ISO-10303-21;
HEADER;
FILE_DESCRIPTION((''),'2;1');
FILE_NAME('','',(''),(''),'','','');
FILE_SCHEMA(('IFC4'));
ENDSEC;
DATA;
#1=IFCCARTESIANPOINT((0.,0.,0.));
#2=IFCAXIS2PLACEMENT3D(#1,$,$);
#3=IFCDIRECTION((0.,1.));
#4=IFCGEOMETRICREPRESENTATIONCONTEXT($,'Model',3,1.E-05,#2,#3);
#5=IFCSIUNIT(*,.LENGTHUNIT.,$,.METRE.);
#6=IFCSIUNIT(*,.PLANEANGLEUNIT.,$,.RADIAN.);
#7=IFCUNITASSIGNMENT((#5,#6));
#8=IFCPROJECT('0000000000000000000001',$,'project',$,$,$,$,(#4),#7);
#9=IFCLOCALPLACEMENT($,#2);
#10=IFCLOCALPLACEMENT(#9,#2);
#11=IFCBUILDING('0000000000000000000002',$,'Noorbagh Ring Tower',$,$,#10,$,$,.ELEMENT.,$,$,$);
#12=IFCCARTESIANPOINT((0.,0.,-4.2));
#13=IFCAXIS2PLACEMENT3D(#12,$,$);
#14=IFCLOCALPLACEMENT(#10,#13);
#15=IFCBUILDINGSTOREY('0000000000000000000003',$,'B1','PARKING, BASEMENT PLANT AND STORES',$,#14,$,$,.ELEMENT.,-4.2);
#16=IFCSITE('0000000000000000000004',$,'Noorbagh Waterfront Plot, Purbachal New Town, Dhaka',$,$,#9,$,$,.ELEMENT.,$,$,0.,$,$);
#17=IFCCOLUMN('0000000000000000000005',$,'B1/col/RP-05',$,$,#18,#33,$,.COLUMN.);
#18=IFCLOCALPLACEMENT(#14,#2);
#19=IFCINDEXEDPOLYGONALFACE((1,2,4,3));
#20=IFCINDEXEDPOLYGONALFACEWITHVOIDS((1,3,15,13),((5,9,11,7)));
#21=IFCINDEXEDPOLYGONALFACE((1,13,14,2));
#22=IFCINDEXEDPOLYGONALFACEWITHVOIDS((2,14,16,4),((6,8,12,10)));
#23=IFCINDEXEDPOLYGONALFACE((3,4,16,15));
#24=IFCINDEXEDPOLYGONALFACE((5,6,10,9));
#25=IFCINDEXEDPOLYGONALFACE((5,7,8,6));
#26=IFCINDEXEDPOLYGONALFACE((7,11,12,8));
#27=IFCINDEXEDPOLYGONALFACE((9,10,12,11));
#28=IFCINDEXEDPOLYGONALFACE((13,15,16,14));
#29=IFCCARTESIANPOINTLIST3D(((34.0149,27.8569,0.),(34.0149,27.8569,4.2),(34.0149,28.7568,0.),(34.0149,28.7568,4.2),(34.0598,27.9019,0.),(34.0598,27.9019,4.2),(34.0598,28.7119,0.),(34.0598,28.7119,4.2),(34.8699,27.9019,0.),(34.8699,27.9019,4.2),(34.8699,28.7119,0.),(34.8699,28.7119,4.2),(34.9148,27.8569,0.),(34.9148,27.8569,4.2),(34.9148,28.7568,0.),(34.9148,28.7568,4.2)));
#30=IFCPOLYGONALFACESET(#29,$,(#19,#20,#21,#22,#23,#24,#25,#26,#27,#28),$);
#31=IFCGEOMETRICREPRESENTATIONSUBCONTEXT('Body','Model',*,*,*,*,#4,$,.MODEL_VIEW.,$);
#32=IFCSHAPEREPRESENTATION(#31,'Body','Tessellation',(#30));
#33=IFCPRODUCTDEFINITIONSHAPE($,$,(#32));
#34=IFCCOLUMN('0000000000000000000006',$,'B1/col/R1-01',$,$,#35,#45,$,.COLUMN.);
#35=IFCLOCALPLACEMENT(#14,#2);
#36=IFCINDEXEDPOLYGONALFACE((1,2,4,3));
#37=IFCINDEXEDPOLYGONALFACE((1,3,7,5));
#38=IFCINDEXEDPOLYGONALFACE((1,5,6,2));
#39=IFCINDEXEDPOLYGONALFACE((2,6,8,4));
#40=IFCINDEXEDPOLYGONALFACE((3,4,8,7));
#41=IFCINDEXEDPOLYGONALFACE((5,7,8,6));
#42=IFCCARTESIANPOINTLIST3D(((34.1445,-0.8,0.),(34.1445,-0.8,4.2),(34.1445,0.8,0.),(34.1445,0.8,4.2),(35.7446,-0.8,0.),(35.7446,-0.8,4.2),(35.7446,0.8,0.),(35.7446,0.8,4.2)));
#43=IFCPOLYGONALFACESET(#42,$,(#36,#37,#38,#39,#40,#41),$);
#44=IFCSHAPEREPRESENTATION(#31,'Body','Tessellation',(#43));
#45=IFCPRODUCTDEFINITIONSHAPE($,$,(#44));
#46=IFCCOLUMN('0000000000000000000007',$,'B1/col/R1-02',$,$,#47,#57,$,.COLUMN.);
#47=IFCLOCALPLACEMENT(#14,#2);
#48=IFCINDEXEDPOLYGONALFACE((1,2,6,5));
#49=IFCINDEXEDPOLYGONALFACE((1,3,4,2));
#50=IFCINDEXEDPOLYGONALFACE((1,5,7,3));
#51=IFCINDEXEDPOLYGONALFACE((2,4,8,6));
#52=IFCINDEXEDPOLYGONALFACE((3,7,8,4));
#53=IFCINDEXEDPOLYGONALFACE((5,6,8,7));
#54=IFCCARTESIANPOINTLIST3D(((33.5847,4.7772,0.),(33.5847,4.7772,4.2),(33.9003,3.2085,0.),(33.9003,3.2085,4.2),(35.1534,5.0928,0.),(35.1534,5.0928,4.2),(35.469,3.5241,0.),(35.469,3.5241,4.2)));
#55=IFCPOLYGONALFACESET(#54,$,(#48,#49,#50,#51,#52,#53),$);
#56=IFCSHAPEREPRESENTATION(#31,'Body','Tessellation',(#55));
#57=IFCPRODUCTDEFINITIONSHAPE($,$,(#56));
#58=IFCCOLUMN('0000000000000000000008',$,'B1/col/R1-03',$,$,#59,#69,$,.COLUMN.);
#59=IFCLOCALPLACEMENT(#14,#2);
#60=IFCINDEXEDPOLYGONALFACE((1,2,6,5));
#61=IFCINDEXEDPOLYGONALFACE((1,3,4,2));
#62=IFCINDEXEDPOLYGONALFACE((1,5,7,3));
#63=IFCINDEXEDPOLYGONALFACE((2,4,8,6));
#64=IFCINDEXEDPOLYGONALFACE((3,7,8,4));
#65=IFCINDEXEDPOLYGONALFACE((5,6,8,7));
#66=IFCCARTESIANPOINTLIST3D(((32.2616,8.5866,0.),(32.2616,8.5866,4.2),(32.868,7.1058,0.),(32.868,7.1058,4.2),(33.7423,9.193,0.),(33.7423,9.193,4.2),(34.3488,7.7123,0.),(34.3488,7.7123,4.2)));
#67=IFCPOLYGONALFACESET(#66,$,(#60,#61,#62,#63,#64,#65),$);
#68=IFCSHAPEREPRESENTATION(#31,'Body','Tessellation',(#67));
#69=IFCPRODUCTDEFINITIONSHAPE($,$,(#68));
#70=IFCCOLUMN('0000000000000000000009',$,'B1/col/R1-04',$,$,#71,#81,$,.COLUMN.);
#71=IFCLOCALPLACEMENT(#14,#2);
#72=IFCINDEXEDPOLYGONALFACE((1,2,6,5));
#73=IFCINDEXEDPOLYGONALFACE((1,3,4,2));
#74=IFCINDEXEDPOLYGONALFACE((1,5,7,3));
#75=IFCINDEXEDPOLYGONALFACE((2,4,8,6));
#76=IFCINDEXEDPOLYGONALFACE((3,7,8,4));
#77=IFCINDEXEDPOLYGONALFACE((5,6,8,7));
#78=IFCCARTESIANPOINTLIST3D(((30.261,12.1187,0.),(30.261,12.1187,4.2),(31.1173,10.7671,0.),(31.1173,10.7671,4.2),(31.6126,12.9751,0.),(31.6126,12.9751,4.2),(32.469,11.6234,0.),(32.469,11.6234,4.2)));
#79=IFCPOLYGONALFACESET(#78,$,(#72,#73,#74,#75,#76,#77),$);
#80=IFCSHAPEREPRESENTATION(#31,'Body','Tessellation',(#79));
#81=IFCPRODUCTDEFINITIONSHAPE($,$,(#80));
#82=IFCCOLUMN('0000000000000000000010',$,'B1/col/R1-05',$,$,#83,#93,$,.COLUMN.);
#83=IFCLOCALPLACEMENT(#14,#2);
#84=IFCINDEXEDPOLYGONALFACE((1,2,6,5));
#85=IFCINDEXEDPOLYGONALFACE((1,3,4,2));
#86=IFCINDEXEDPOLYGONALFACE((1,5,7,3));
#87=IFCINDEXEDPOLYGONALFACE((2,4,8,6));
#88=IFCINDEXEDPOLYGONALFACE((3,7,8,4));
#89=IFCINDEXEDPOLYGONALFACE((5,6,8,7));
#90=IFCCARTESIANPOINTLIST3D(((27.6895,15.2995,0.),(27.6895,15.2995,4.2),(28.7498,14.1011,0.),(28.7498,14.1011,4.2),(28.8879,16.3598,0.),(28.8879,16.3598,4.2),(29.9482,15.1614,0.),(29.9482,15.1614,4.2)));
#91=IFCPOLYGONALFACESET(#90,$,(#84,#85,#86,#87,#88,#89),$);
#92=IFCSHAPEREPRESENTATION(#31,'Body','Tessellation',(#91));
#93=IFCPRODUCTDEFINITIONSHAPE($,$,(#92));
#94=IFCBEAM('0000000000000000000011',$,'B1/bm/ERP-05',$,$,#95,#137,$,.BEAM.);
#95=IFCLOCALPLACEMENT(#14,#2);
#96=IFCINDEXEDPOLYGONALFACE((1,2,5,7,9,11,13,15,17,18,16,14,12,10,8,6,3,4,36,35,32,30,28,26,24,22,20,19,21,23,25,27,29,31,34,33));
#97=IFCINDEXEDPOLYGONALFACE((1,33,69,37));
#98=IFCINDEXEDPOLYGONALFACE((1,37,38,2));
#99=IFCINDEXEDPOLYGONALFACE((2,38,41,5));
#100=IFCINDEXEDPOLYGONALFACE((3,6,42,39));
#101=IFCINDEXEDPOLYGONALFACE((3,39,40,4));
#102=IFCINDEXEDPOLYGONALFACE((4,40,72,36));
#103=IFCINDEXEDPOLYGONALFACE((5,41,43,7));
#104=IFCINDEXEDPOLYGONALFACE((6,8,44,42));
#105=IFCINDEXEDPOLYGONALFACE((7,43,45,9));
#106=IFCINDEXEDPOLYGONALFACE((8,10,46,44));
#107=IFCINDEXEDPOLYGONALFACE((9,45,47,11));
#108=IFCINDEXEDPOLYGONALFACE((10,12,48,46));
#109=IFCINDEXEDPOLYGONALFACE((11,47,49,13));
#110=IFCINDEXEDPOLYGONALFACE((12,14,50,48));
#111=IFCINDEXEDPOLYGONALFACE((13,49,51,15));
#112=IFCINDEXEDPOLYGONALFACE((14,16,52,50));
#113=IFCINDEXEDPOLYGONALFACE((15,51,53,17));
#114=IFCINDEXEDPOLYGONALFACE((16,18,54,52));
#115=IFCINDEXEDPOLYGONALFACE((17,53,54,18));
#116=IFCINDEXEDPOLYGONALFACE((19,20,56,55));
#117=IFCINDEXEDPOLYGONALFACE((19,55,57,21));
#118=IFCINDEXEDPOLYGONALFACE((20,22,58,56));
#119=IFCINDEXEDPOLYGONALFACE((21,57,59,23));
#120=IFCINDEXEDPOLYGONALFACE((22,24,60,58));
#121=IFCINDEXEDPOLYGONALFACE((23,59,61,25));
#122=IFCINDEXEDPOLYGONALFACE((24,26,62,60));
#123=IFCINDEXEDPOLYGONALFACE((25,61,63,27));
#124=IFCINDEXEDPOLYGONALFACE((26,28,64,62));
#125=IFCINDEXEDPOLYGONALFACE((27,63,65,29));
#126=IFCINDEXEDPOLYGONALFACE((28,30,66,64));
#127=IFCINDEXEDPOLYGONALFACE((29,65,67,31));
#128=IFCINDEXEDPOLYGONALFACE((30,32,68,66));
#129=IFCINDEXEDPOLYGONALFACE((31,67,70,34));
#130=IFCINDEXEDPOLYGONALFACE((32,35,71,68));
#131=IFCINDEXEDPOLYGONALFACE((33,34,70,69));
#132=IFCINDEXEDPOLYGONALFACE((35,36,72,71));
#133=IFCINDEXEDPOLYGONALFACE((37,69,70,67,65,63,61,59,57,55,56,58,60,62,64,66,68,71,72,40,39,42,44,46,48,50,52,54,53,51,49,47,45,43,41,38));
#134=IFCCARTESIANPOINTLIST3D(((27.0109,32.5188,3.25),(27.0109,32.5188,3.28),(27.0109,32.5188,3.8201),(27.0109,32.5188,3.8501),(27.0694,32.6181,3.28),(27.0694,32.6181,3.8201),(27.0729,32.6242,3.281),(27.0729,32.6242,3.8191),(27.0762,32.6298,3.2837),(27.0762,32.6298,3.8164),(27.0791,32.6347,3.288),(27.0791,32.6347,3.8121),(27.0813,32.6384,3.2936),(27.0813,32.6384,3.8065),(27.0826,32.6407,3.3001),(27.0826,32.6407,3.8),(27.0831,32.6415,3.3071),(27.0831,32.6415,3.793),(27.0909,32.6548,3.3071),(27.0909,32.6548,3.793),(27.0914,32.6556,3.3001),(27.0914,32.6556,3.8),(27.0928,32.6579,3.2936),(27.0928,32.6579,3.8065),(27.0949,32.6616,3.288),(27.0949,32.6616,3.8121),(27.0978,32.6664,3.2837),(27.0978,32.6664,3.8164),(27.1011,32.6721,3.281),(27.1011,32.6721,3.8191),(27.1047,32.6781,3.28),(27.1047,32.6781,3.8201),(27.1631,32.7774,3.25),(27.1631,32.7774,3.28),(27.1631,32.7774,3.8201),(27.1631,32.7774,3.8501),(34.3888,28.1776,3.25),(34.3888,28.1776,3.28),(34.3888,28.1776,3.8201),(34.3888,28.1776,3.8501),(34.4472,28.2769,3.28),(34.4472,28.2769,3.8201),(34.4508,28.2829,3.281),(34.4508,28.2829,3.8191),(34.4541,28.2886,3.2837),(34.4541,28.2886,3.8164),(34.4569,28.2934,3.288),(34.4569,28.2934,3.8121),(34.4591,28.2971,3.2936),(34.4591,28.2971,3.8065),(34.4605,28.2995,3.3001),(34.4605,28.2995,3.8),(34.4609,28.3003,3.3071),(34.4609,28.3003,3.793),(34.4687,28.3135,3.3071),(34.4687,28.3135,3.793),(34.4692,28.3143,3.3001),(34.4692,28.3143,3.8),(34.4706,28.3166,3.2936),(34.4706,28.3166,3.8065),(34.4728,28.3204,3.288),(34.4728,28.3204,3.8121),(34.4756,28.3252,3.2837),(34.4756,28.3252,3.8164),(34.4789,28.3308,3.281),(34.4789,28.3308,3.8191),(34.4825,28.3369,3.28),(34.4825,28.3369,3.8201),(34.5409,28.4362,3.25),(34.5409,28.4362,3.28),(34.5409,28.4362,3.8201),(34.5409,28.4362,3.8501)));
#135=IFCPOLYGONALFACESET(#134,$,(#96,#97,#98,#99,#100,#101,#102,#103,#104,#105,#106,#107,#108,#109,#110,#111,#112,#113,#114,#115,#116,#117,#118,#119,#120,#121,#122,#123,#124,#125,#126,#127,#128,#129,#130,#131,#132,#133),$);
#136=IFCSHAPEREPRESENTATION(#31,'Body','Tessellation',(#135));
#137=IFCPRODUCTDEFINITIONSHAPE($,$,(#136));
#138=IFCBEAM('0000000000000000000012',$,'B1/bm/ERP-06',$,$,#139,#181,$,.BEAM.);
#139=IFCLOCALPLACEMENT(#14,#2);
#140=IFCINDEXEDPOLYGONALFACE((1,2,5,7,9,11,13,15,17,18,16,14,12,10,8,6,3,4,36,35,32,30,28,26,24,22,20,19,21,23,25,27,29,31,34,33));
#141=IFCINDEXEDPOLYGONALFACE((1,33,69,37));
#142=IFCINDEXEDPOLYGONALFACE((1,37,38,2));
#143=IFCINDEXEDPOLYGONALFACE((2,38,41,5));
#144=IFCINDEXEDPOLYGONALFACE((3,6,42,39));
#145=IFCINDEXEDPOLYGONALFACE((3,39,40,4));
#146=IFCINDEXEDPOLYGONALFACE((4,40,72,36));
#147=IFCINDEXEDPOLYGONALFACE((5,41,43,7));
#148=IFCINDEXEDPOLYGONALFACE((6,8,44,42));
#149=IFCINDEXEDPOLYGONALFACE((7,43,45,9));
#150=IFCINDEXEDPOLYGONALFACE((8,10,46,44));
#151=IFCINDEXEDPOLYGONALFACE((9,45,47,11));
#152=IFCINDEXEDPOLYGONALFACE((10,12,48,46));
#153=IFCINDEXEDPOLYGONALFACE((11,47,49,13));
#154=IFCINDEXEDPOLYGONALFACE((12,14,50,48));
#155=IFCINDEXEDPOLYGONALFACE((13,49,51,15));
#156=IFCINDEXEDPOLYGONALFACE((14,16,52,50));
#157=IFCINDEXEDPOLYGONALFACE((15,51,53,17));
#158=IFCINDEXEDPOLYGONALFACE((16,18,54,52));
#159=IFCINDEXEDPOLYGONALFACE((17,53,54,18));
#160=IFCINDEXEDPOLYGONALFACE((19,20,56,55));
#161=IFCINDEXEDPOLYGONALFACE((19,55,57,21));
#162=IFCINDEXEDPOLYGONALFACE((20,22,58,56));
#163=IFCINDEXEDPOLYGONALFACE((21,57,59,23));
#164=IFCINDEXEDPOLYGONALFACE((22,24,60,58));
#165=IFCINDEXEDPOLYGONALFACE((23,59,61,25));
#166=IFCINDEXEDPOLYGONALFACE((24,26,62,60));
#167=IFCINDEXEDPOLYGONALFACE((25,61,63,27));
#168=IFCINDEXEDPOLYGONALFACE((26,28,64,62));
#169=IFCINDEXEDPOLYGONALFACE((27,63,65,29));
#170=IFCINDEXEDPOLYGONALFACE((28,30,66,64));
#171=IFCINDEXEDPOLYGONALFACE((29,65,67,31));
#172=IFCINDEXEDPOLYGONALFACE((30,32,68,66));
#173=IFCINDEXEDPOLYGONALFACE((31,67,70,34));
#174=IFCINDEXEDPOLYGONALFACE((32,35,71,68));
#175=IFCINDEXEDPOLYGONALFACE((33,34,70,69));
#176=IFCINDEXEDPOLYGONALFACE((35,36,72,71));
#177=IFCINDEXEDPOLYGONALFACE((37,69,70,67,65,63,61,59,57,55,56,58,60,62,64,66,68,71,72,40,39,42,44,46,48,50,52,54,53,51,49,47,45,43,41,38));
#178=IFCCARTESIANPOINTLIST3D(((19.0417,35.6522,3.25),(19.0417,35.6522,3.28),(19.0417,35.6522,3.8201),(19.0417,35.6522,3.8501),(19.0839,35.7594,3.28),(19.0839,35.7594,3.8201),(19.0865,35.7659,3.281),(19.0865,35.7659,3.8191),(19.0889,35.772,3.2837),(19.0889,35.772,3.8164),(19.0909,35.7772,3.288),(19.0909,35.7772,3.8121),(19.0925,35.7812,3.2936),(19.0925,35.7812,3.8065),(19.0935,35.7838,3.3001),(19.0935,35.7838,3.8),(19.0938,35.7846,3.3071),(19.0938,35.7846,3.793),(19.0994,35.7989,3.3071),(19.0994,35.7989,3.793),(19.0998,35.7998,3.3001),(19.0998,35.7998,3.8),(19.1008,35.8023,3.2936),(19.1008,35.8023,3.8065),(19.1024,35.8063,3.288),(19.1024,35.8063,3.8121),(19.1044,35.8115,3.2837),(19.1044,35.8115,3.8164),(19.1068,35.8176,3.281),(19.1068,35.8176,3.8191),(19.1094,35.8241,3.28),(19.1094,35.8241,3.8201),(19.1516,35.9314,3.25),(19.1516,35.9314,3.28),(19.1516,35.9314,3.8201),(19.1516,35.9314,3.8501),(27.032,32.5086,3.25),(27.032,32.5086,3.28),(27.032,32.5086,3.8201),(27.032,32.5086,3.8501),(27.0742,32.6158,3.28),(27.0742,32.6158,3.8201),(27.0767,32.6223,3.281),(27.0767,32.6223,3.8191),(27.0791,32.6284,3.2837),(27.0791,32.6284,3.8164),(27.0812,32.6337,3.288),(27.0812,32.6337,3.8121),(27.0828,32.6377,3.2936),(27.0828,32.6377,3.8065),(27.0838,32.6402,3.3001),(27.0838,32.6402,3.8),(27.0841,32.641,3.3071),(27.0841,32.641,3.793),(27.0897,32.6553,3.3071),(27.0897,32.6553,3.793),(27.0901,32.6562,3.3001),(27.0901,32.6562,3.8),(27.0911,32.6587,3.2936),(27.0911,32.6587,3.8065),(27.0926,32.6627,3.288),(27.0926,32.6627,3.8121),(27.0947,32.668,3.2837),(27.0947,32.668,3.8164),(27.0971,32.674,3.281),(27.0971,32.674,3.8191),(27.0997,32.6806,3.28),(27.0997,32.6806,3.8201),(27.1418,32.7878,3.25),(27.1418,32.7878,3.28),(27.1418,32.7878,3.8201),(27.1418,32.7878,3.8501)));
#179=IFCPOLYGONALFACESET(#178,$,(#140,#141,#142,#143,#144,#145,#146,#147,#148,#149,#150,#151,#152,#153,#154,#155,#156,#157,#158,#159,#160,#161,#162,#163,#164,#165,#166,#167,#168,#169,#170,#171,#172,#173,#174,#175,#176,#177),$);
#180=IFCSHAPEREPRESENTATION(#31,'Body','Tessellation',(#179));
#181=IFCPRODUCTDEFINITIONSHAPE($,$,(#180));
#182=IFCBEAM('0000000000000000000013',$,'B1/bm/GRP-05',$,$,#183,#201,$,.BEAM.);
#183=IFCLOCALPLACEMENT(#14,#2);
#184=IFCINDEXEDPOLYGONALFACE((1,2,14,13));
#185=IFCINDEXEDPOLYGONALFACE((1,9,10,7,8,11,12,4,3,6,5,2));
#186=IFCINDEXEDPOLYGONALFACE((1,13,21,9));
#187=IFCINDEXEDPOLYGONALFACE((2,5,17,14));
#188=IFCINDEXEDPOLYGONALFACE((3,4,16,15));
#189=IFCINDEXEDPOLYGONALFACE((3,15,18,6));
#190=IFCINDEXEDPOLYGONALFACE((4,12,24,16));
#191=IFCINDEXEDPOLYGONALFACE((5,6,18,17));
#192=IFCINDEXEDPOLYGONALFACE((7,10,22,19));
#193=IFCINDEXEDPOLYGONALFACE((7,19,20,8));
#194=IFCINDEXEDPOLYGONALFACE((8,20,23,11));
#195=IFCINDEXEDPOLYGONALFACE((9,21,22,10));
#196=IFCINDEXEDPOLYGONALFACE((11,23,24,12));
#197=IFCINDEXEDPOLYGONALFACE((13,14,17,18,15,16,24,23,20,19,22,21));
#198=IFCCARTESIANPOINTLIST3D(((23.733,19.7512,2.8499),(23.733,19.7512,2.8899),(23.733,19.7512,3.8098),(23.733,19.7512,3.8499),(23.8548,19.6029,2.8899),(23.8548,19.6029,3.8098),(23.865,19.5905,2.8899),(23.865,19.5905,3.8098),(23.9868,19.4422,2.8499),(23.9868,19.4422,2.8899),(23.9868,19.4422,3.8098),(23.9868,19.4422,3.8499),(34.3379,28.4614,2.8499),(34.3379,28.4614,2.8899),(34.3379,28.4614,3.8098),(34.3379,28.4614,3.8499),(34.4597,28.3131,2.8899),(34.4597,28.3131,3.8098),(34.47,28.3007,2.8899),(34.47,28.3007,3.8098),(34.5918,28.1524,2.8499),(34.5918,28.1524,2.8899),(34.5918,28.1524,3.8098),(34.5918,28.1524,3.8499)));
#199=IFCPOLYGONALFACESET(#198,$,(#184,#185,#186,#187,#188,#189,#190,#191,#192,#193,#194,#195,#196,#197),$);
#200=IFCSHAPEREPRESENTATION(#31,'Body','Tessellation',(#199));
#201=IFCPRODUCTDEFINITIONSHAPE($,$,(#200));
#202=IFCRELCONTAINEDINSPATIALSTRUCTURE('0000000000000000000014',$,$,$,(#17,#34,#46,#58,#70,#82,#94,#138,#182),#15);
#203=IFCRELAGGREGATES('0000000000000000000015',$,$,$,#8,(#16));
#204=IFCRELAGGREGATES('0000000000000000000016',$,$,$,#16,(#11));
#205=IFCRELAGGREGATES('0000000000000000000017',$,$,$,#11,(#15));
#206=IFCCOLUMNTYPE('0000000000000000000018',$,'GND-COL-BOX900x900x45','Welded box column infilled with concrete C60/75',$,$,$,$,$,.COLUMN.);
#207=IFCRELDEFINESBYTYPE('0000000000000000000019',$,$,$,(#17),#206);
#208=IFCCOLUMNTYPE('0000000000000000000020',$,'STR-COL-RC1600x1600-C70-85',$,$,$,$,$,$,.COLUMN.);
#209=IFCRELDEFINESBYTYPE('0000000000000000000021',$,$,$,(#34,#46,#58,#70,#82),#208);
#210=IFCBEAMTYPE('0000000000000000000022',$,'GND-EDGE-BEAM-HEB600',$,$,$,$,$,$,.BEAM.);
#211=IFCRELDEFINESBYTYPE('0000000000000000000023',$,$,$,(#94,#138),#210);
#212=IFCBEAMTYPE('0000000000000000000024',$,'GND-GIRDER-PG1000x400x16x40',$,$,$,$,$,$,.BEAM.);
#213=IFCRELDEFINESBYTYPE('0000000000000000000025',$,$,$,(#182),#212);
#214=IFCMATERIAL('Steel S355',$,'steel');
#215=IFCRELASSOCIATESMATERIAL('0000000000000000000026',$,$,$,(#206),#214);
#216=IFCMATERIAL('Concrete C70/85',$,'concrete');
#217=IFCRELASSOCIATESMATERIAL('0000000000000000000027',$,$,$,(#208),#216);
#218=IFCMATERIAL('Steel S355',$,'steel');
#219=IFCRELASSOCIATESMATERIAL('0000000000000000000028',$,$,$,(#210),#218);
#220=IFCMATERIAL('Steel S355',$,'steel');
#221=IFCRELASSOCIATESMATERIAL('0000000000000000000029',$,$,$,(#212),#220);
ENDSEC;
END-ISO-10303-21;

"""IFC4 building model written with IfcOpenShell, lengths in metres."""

from ifc_helpers import new_model, si_unit, direction, frame, origin, origin_2d, place, context, subcontext, project, spatial, rectangle, hollow_rectangle, i_section, extrude, material, material_profile, profile_set, type_object, element, save


model = new_model("IFC4")

# Units and contexts
model_context = context("Model", 3, precision=1e-05, world=origin(), true_north=direction((0.0, 1.0)))
body_context = subcontext(model_context, "Body", "Model", "MODEL_VIEW")
ifc_project = project(units=[si_unit("LENGTHUNIT", "METRE"), si_unit("PLANEANGLEUNIT", "RADIAN")], contexts=[model_context])

# Site, building, storey
site_placement = place(None, origin())
site = spatial("IfcSite", under=ifc_project, at=site_placement, Name="Noorbagh Waterfront Plot, Purbachal New Town, Dhaka", CompositionType="ELEMENT", RefElevation=0.0)
building_placement = place(site_placement, origin())
building = spatial("IfcBuilding", under=site, at=building_placement, Name="Noorbagh Ring Tower", CompositionType="ELEMENT")
storey_placement = place(building_placement, frame((0.0, 0.0, -4.2)))
storey = spatial("IfcBuildingStorey", under=building, at=storey_placement, Name="B1", Description="PARKING, BASEMENT PLANT AND STORES", CompositionType="ELEMENT", Elevation=-4.2)

# Columns
ifc_material_1 = material(Name="Steel S355", Category="steel")
ifc_material_profile_1 = material_profile(ifc_material_1, hollow_rectangle(XDim=0.8999, YDim=0.8999, WallThickness=0.0449, at=origin_2d()), Name="BOX900x900x45")
ifc_profile_set_1 = profile_set([ifc_material_profile_1], Name="Steel S355")
column_type_1 = type_object("IfcColumnType", Name="GND-COL-BOX900x900x45", Description="Welded box column infilled with concrete C60/75", PredefinedType="COLUMN", material=ifc_profile_set_1)
column_placement = place(storey_placement, frame((34.4648, 28.3069, 0.0), z_axis=(0.0, 0.0, 1.0), x_axis=(1.0, 0.0, 0.0)))
element("IfcColumn", 1, at=column_placement, inside=storey, type_object=column_type_1, Name="B1/col/RP-05", PredefinedType="COLUMN", context=body_context, shape_type="SweptSolid", body=[
    extrude(hollow_rectangle(XDim=0.8999, YDim=0.8999, WallThickness=0.0449, at=origin_2d()), origin(), (0.0, 0.0, 1.0), 4.2),
])
ifc_material_2 = material(Name="Concrete C70/85", Category="concrete")
ifc_material_profile_2 = material_profile(ifc_material_2, rectangle(XDim=1.6001, YDim=1.6001, at=origin_2d()), Name="RC1600x1600")
ifc_profile_set_2 = profile_set([ifc_material_profile_2], Name="Concrete C70/85")
column_type_2 = type_object("IfcColumnType", Name="STR-COL-RC1600x1600-C70-85", PredefinedType="COLUMN", material=ifc_profile_set_2)
for number, where, z_axis, x_axis, name in (
    (2, (34.9446, 0.0, 0.0), (0.0, 0.0, 1.0), (0.0, 1.0, 0.0), "B1/col/R1-01"),
    (3, (34.5269, 4.1506, 0.0), (0.0, 0.0, 1.0), (-0.19723, 0.980357, 0.0), "B1/col/R1-02"),
    (4, (33.3052, 8.1494, 0.0), (0.0, 0.0, 1.0), (-0.378989, 0.925401, 0.0), "B1/col/R1-03"),
    (5, (31.365, 11.8711, 0.0), (0.0, 0.0, 1.0), (-0.53519, 0.844731, 0.0), "B1/col/R1-04"),
    (6, (28.8188, 15.2305, 0.0), (0.0, 0.0, 1.0), (-0.662636, 0.748942, 0.0), "B1/col/R1-05"),
):
    element("IfcColumn", number, at=place(storey_placement, frame(where, z_axis=z_axis, x_axis=x_axis)), inside=storey, type_object=column_type_2, Name=name, PredefinedType="COLUMN", context=body_context, shape_type="SweptSolid", body=[
        extrude(rectangle(XDim=1.6001, YDim=1.6001, at=origin_2d()), origin(), (0.0, 0.0, 1.0), 4.2),
    ])

# Beams
ifc_material_3 = material(Name="Steel S355", Category="steel")
ifc_material_profile_3 = material_profile(ifc_material_3, i_section(OverallWidth=0.3, OverallDepth=0.6001, WebThickness=0.0154, FlangeThickness=0.03, FilletRadius=0.0271, at=origin_2d()), Name="HEB600")
ifc_profile_set_3 = profile_set([ifc_material_profile_3], Name="Steel S355")
beam_type_1 = type_object("IfcBeamType", Name="GND-EDGE-BEAM-HEB600", PredefinedType="BEAM", material=ifc_profile_set_3)
beam_1_placement = place(storey_placement, frame((34.4648, 28.3069, 3.55), z_axis=(-0.861865, 0.507137, 0.0), x_axis=(-0.507137, -0.861865, 0.0)))
element("IfcBeam", 7, at=beam_1_placement, inside=storey, type_object=beam_type_1, Name="B1/bm/ERP-05", PredefinedType="BEAM", context=body_context, shape_type="SweptSolid", body=[
    extrude(i_section(OverallWidth=0.3, OverallDepth=0.6001, WebThickness=0.0154, FlangeThickness=0.03, FilletRadius=0.0271, at=origin_2d()), origin(), (0.0, 0.0, 1.0), 8.5603),
])
beam_2_placement = place(storey_placement, frame((27.0869, 32.6482, 3.55), z_axis=(-0.930572, 0.36611, 0.0), x_axis=(-0.36611, -0.930572, 0.0)))
element("IfcBeam", 8, at=beam_2_placement, inside=storey, type_object=beam_type_1, Name="B1/bm/ERP-06", PredefinedType="BEAM", context=body_context, shape_type="SweptSolid", body=[
    extrude(i_section(OverallWidth=0.3, OverallDepth=0.6001, WebThickness=0.0154, FlangeThickness=0.03, FilletRadius=0.0271, at=origin_2d()), origin(), (0.0, 0.0, 1.0), 8.5864),
])
ifc_material_4 = material(Name="Steel S355", Category="steel")
ifc_material_profile_4 = material_profile(ifc_material_4, i_section(OverallWidth=0.3999, OverallDepth=1.0, WebThickness=0.0161, FlangeThickness=0.04, at=origin_2d()), Name="PG1000x400x16x40")
ifc_profile_set_4 = profile_set([ifc_material_profile_4], Name="Steel S355")
beam_type_2 = type_object("IfcBeamType", Name="GND-GIRDER-PG1000x400x16x40", PredefinedType="BEAM", material=ifc_profile_set_4)
beam_3_placement = place(storey_placement, frame((34.4648, 28.3069, 3.3499), z_axis=(-0.772763, -0.634695, 0.0), x_axis=(0.634695, -0.772763, 0.0)))
element("IfcBeam", 9, at=beam_3_placement, inside=storey, type_object=beam_type_2, Name="B1/bm/GRP-05", PredefinedType="BEAM", context=body_context, shape_type="SweptSolid", body=[
    extrude(i_section(OverallWidth=0.3999, OverallDepth=1.0, WebThickness=0.0161, FlangeThickness=0.04, at=origin_2d()), origin(), (0.0, 0.0, 1.0), 13.7234),
])

save(model, "model.ifc")
